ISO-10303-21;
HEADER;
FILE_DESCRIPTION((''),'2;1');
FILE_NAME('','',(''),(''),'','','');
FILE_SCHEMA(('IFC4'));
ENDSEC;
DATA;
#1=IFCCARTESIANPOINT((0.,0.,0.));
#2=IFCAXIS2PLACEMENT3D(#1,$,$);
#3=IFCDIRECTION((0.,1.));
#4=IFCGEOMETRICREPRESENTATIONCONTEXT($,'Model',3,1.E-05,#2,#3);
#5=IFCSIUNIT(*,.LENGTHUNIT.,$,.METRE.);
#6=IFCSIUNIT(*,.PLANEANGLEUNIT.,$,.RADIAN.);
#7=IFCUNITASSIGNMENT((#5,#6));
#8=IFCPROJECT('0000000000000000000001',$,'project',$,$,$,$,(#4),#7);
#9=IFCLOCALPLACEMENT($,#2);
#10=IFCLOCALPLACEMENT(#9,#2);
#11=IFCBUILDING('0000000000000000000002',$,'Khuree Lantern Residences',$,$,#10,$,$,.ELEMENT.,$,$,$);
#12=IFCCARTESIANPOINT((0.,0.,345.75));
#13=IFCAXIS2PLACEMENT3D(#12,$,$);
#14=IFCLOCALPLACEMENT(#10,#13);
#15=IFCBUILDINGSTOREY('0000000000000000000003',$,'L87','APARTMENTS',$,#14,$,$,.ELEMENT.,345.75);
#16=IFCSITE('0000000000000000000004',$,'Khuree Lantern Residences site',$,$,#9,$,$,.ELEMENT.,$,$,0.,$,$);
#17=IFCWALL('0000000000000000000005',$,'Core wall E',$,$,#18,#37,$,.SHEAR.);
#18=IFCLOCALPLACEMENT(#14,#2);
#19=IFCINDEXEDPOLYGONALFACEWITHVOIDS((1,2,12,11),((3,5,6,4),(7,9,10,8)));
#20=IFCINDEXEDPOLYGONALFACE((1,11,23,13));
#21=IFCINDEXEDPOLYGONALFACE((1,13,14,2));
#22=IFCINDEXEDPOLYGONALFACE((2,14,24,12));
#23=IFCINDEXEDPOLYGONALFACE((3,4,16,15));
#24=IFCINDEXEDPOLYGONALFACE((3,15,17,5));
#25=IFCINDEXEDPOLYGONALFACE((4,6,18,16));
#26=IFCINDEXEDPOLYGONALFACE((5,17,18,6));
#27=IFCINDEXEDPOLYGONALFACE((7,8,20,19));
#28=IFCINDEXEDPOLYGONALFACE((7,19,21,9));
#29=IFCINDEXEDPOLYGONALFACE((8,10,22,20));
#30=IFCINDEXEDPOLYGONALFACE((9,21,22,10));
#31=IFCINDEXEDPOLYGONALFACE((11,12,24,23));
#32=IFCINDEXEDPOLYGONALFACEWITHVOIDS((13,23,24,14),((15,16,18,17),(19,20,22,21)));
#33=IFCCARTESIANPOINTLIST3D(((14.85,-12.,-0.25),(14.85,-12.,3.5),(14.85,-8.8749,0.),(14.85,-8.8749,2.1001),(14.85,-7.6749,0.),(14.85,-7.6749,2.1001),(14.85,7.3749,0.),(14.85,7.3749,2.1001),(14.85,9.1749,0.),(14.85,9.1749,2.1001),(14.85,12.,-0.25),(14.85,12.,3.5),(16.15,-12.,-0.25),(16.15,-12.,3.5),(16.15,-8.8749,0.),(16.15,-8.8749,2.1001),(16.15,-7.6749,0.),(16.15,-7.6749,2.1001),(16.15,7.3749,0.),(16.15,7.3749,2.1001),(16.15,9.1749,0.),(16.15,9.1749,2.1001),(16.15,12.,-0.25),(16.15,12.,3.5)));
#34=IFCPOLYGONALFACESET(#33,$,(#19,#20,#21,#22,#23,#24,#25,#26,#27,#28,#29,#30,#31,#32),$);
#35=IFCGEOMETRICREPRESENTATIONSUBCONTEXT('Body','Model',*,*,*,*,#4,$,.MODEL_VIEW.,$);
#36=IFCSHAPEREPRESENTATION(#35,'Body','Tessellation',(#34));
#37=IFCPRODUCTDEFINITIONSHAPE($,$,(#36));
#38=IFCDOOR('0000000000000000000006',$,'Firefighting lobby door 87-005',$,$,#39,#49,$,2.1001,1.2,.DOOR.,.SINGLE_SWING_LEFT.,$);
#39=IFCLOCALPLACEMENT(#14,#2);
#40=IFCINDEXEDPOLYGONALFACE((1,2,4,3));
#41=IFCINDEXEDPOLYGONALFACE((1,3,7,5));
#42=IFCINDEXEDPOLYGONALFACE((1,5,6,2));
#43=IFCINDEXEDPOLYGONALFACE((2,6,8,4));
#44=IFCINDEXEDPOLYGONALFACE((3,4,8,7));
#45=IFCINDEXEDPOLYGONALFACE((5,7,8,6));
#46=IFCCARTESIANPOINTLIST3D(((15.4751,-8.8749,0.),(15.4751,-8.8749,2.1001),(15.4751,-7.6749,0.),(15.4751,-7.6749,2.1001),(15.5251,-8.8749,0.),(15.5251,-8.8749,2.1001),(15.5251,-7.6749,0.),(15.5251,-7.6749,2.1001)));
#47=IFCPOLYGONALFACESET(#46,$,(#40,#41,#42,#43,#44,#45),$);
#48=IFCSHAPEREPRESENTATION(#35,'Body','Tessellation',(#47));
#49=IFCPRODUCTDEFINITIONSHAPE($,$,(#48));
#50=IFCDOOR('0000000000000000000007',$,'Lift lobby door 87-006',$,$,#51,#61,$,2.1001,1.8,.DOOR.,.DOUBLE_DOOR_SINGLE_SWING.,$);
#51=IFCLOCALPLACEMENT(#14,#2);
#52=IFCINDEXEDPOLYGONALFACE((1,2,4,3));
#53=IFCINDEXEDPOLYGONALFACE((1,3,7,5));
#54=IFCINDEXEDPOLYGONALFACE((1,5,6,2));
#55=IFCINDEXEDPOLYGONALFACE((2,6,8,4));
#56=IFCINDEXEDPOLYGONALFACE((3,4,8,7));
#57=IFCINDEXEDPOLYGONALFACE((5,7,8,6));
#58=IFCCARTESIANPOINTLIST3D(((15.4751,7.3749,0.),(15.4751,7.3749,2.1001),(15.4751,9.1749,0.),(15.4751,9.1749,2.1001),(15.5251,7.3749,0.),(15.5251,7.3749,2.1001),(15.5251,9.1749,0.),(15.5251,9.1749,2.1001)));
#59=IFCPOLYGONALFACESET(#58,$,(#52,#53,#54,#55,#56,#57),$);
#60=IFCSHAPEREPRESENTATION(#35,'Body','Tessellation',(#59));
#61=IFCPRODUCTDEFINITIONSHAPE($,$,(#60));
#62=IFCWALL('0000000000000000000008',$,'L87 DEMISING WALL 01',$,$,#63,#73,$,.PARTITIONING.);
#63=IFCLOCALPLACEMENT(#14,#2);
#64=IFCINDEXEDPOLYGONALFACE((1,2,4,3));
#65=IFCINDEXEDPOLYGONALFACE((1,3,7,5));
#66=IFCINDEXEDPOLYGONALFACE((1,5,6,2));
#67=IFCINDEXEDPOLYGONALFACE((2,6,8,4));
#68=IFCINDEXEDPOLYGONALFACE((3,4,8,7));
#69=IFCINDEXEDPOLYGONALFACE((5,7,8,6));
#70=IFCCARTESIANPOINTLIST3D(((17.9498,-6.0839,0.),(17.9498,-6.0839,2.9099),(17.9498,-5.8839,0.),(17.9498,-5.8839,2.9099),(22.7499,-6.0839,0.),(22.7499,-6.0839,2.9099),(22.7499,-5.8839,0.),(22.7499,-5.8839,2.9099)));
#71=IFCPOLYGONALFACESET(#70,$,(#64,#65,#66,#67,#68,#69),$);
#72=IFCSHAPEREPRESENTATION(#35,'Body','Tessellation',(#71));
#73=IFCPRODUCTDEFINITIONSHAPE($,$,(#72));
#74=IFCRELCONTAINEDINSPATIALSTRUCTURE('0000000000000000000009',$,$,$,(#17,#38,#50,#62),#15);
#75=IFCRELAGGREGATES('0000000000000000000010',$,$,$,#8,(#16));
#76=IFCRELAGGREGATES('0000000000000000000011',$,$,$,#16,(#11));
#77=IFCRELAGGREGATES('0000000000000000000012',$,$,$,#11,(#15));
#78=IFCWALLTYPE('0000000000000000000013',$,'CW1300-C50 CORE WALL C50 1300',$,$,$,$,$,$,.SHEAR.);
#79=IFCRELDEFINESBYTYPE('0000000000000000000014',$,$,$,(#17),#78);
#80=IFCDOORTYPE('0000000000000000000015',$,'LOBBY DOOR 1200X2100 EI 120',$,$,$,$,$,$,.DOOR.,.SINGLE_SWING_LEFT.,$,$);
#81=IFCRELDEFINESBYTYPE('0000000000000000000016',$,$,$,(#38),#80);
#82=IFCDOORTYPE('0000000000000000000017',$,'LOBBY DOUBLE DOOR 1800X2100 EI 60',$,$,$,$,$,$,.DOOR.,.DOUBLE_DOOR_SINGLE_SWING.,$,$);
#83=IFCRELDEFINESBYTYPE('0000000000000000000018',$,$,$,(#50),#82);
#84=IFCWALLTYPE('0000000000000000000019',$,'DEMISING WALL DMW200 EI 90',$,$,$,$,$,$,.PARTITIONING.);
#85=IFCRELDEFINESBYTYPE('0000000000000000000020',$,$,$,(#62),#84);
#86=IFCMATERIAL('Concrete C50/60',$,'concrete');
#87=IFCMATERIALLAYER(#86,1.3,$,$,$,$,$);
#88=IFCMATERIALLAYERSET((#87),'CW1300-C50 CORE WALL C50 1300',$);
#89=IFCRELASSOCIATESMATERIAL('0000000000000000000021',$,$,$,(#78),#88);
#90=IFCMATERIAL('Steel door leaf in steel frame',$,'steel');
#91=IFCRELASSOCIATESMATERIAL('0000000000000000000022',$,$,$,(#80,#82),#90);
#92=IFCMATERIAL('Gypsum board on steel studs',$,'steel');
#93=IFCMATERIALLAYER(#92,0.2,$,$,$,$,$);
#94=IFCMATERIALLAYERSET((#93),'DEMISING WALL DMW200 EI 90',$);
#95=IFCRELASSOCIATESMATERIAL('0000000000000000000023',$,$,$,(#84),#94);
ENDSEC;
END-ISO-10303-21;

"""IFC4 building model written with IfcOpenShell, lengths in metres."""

from ifc_helpers import new_model, si_unit, direction, frame, frame_2d, origin, place, context, subcontext, project, spatial, rectangle, extrude, material, layer, layer_set, type_object, element, fill, save


model = new_model("IFC4")

# Units and contexts
model_context = context("Model", 3, precision=1e-05, world=origin(), true_north=direction((0.0, 1.0)))
body_context = subcontext(model_context, "Body", "Model", "MODEL_VIEW")
ifc_project = project(units=[si_unit("LENGTHUNIT", "METRE"), si_unit("PLANEANGLEUNIT", "RADIAN")], contexts=[model_context])

# Site, building, storey
site_placement = place(None, origin())
site = spatial("IfcSite", under=ifc_project, at=site_placement, Name="Khuree Lantern Residences site", CompositionType="ELEMENT", RefElevation=0.0)
building_placement = place(site_placement, origin())
building = spatial("IfcBuilding", under=site, at=building_placement, Name="Khuree Lantern Residences", CompositionType="ELEMENT")
storey_placement = place(building_placement, frame((0.0, 0.0, 345.75)))
storey = spatial("IfcBuildingStorey", under=building, at=storey_placement, Name="L87", Description="APARTMENTS", CompositionType="ELEMENT", Elevation=345.75)

# Shared definitions
ifc_material_1 = material(Name="Concrete C50/60", Category="concrete")

# Shared definitions
ifc_material_2 = material(Name="Gypsum board on steel studs", Category="steel")

# Wall, openings, doors
ifc_layer_1 = layer(ifc_material_1, 1.3)
ifc_layer_set_1 = layer_set([ifc_layer_1], Name="CW1300-C50 CORE WALL C50 1300")
wall_type_1 = type_object("IfcWallType", Name="CW1300-C50 CORE WALL C50 1300", PredefinedType="SHEAR", material=ifc_layer_set_1)
wall_1_placement = place(storey_placement, frame((15.5, -12.0, -0.25), z_axis=(0.0, 0.0, 1.0), x_axis=(0.0, 1.0, 0.0)))
wall_1 = element("IfcWall", 1, at=wall_1_placement, inside=storey, type_object=wall_type_1, Name="Core wall E", PredefinedType="SHEAR", context=body_context, shape_type="SweptSolid", body=[
    extrude(rectangle(XDim=24.0, YDim=1.3, at=frame_2d((12.0, 0.0))), origin(), (0.0, 0.0, 1.0), 3.75),
])
opening_1_placement = place(wall_1_placement, frame((3.125, 0.0, 0.25)))
opening_1 = element("IfcOpeningElement", 2, at=opening_1_placement, cuts=wall_1, PredefinedType="OPENING", context=body_context, shape_type="SweptSolid", body=[
    extrude(rectangle(XDim=1.2, YDim=2.1001, at=frame_2d((0.6001, 1.05))), frame((0.0, 0.6602, 0.0), z_axis=(0.0, -1.0, 0.0), x_axis=(1.0, 0.0, 0.0)), (0.0, 0.0, 1.0), 1.3201),
])
opening_2_placement = place(wall_1_placement, frame((19.375, 0.0, 0.25)))
opening_2 = element("IfcOpeningElement", 3, at=opening_2_placement, cuts=wall_1, PredefinedType="OPENING", context=body_context, shape_type="SweptSolid", body=[
    extrude(rectangle(XDim=1.8, YDim=2.1001, at=frame_2d((0.8999, 1.05))), frame((0.0, 0.6602, 0.0), z_axis=(0.0, -1.0, 0.0), x_axis=(1.0, 0.0, 0.0)), (0.0, 0.0, 1.0), 1.3201),
])
ifc_material_3 = material(Name="Steel door leaf in steel frame", Category="steel")
door_type_1 = type_object("IfcDoorType", Name="LOBBY DOOR 1200X2100 EI 120", OperationType="SINGLE_SWING_LEFT", PredefinedType="DOOR", material=ifc_material_3)
door_1_placement = place(opening_1_placement, origin())
door_1 = element("IfcDoor", 4, at=door_1_placement, inside=storey, type_object=door_type_1, Name="Firefighting lobby door 87-005", OperationType="SINGLE_SWING_LEFT", OverallHeight=2.1001, OverallWidth=1.2, PredefinedType="DOOR", context=body_context, shape_type="SweptSolid", body=[
    extrude(rectangle(XDim=1.2, YDim=2.1001, at=frame_2d((0.6001, 1.05))), frame((0.0, 0.0249, 0.0), z_axis=(0.0, -1.0, 0.0), x_axis=(1.0, 0.0, 0.0)), (0.0, 0.0, 1.0), 0.05),
])
fill(opening_1, door_1)
door_type_2 = type_object("IfcDoorType", Name="LOBBY DOUBLE DOOR 1800X2100 EI 60", OperationType="DOUBLE_DOOR_SINGLE_SWING", PredefinedType="DOOR", material=ifc_material_3)
door_2_placement = place(opening_2_placement, origin())
door_2 = element("IfcDoor", 5, at=door_2_placement, inside=storey, type_object=door_type_2, Name="Lift lobby door 87-006", OperationType="DOUBLE_DOOR_SINGLE_SWING", OverallHeight=2.1001, OverallWidth=1.8, PredefinedType="DOOR", context=body_context, shape_type="SweptSolid", body=[
    extrude(rectangle(XDim=1.8, YDim=2.1001, at=frame_2d((0.8999, 1.05))), frame((0.0, 0.0249, 0.0), z_axis=(0.0, -1.0, 0.0), x_axis=(1.0, 0.0, 0.0)), (0.0, 0.0, 1.0), 0.05),
])
fill(opening_2, door_2)

# Wall
ifc_layer_2 = layer(ifc_material_2, 0.2)
ifc_layer_set_2 = layer_set([ifc_layer_2], Name="DEMISING WALL DMW200 EI 90")
wall_type_2 = type_object("IfcWallType", Name="DEMISING WALL DMW200 EI 90", PredefinedType="PARTITIONING", material=ifc_layer_set_2)
wall_2_placement = place(storey_placement, frame((17.95, -5.9839, 0.0), z_axis=(0.0, 0.0, 1.0), x_axis=(1.0, 0.0, 0.0)))
element("IfcWall", 6, at=wall_2_placement, inside=storey, type_object=wall_type_2, Name="L87 DEMISING WALL 01", PredefinedType="PARTITIONING", context=body_context, shape_type="SweptSolid", body=[
    extrude(rectangle(XDim=4.8, YDim=0.2, at=frame_2d((2.3999, 0.0))), origin(), (0.0, 0.0, 1.0), 2.9099),
])

save(model, "model.ifc")
